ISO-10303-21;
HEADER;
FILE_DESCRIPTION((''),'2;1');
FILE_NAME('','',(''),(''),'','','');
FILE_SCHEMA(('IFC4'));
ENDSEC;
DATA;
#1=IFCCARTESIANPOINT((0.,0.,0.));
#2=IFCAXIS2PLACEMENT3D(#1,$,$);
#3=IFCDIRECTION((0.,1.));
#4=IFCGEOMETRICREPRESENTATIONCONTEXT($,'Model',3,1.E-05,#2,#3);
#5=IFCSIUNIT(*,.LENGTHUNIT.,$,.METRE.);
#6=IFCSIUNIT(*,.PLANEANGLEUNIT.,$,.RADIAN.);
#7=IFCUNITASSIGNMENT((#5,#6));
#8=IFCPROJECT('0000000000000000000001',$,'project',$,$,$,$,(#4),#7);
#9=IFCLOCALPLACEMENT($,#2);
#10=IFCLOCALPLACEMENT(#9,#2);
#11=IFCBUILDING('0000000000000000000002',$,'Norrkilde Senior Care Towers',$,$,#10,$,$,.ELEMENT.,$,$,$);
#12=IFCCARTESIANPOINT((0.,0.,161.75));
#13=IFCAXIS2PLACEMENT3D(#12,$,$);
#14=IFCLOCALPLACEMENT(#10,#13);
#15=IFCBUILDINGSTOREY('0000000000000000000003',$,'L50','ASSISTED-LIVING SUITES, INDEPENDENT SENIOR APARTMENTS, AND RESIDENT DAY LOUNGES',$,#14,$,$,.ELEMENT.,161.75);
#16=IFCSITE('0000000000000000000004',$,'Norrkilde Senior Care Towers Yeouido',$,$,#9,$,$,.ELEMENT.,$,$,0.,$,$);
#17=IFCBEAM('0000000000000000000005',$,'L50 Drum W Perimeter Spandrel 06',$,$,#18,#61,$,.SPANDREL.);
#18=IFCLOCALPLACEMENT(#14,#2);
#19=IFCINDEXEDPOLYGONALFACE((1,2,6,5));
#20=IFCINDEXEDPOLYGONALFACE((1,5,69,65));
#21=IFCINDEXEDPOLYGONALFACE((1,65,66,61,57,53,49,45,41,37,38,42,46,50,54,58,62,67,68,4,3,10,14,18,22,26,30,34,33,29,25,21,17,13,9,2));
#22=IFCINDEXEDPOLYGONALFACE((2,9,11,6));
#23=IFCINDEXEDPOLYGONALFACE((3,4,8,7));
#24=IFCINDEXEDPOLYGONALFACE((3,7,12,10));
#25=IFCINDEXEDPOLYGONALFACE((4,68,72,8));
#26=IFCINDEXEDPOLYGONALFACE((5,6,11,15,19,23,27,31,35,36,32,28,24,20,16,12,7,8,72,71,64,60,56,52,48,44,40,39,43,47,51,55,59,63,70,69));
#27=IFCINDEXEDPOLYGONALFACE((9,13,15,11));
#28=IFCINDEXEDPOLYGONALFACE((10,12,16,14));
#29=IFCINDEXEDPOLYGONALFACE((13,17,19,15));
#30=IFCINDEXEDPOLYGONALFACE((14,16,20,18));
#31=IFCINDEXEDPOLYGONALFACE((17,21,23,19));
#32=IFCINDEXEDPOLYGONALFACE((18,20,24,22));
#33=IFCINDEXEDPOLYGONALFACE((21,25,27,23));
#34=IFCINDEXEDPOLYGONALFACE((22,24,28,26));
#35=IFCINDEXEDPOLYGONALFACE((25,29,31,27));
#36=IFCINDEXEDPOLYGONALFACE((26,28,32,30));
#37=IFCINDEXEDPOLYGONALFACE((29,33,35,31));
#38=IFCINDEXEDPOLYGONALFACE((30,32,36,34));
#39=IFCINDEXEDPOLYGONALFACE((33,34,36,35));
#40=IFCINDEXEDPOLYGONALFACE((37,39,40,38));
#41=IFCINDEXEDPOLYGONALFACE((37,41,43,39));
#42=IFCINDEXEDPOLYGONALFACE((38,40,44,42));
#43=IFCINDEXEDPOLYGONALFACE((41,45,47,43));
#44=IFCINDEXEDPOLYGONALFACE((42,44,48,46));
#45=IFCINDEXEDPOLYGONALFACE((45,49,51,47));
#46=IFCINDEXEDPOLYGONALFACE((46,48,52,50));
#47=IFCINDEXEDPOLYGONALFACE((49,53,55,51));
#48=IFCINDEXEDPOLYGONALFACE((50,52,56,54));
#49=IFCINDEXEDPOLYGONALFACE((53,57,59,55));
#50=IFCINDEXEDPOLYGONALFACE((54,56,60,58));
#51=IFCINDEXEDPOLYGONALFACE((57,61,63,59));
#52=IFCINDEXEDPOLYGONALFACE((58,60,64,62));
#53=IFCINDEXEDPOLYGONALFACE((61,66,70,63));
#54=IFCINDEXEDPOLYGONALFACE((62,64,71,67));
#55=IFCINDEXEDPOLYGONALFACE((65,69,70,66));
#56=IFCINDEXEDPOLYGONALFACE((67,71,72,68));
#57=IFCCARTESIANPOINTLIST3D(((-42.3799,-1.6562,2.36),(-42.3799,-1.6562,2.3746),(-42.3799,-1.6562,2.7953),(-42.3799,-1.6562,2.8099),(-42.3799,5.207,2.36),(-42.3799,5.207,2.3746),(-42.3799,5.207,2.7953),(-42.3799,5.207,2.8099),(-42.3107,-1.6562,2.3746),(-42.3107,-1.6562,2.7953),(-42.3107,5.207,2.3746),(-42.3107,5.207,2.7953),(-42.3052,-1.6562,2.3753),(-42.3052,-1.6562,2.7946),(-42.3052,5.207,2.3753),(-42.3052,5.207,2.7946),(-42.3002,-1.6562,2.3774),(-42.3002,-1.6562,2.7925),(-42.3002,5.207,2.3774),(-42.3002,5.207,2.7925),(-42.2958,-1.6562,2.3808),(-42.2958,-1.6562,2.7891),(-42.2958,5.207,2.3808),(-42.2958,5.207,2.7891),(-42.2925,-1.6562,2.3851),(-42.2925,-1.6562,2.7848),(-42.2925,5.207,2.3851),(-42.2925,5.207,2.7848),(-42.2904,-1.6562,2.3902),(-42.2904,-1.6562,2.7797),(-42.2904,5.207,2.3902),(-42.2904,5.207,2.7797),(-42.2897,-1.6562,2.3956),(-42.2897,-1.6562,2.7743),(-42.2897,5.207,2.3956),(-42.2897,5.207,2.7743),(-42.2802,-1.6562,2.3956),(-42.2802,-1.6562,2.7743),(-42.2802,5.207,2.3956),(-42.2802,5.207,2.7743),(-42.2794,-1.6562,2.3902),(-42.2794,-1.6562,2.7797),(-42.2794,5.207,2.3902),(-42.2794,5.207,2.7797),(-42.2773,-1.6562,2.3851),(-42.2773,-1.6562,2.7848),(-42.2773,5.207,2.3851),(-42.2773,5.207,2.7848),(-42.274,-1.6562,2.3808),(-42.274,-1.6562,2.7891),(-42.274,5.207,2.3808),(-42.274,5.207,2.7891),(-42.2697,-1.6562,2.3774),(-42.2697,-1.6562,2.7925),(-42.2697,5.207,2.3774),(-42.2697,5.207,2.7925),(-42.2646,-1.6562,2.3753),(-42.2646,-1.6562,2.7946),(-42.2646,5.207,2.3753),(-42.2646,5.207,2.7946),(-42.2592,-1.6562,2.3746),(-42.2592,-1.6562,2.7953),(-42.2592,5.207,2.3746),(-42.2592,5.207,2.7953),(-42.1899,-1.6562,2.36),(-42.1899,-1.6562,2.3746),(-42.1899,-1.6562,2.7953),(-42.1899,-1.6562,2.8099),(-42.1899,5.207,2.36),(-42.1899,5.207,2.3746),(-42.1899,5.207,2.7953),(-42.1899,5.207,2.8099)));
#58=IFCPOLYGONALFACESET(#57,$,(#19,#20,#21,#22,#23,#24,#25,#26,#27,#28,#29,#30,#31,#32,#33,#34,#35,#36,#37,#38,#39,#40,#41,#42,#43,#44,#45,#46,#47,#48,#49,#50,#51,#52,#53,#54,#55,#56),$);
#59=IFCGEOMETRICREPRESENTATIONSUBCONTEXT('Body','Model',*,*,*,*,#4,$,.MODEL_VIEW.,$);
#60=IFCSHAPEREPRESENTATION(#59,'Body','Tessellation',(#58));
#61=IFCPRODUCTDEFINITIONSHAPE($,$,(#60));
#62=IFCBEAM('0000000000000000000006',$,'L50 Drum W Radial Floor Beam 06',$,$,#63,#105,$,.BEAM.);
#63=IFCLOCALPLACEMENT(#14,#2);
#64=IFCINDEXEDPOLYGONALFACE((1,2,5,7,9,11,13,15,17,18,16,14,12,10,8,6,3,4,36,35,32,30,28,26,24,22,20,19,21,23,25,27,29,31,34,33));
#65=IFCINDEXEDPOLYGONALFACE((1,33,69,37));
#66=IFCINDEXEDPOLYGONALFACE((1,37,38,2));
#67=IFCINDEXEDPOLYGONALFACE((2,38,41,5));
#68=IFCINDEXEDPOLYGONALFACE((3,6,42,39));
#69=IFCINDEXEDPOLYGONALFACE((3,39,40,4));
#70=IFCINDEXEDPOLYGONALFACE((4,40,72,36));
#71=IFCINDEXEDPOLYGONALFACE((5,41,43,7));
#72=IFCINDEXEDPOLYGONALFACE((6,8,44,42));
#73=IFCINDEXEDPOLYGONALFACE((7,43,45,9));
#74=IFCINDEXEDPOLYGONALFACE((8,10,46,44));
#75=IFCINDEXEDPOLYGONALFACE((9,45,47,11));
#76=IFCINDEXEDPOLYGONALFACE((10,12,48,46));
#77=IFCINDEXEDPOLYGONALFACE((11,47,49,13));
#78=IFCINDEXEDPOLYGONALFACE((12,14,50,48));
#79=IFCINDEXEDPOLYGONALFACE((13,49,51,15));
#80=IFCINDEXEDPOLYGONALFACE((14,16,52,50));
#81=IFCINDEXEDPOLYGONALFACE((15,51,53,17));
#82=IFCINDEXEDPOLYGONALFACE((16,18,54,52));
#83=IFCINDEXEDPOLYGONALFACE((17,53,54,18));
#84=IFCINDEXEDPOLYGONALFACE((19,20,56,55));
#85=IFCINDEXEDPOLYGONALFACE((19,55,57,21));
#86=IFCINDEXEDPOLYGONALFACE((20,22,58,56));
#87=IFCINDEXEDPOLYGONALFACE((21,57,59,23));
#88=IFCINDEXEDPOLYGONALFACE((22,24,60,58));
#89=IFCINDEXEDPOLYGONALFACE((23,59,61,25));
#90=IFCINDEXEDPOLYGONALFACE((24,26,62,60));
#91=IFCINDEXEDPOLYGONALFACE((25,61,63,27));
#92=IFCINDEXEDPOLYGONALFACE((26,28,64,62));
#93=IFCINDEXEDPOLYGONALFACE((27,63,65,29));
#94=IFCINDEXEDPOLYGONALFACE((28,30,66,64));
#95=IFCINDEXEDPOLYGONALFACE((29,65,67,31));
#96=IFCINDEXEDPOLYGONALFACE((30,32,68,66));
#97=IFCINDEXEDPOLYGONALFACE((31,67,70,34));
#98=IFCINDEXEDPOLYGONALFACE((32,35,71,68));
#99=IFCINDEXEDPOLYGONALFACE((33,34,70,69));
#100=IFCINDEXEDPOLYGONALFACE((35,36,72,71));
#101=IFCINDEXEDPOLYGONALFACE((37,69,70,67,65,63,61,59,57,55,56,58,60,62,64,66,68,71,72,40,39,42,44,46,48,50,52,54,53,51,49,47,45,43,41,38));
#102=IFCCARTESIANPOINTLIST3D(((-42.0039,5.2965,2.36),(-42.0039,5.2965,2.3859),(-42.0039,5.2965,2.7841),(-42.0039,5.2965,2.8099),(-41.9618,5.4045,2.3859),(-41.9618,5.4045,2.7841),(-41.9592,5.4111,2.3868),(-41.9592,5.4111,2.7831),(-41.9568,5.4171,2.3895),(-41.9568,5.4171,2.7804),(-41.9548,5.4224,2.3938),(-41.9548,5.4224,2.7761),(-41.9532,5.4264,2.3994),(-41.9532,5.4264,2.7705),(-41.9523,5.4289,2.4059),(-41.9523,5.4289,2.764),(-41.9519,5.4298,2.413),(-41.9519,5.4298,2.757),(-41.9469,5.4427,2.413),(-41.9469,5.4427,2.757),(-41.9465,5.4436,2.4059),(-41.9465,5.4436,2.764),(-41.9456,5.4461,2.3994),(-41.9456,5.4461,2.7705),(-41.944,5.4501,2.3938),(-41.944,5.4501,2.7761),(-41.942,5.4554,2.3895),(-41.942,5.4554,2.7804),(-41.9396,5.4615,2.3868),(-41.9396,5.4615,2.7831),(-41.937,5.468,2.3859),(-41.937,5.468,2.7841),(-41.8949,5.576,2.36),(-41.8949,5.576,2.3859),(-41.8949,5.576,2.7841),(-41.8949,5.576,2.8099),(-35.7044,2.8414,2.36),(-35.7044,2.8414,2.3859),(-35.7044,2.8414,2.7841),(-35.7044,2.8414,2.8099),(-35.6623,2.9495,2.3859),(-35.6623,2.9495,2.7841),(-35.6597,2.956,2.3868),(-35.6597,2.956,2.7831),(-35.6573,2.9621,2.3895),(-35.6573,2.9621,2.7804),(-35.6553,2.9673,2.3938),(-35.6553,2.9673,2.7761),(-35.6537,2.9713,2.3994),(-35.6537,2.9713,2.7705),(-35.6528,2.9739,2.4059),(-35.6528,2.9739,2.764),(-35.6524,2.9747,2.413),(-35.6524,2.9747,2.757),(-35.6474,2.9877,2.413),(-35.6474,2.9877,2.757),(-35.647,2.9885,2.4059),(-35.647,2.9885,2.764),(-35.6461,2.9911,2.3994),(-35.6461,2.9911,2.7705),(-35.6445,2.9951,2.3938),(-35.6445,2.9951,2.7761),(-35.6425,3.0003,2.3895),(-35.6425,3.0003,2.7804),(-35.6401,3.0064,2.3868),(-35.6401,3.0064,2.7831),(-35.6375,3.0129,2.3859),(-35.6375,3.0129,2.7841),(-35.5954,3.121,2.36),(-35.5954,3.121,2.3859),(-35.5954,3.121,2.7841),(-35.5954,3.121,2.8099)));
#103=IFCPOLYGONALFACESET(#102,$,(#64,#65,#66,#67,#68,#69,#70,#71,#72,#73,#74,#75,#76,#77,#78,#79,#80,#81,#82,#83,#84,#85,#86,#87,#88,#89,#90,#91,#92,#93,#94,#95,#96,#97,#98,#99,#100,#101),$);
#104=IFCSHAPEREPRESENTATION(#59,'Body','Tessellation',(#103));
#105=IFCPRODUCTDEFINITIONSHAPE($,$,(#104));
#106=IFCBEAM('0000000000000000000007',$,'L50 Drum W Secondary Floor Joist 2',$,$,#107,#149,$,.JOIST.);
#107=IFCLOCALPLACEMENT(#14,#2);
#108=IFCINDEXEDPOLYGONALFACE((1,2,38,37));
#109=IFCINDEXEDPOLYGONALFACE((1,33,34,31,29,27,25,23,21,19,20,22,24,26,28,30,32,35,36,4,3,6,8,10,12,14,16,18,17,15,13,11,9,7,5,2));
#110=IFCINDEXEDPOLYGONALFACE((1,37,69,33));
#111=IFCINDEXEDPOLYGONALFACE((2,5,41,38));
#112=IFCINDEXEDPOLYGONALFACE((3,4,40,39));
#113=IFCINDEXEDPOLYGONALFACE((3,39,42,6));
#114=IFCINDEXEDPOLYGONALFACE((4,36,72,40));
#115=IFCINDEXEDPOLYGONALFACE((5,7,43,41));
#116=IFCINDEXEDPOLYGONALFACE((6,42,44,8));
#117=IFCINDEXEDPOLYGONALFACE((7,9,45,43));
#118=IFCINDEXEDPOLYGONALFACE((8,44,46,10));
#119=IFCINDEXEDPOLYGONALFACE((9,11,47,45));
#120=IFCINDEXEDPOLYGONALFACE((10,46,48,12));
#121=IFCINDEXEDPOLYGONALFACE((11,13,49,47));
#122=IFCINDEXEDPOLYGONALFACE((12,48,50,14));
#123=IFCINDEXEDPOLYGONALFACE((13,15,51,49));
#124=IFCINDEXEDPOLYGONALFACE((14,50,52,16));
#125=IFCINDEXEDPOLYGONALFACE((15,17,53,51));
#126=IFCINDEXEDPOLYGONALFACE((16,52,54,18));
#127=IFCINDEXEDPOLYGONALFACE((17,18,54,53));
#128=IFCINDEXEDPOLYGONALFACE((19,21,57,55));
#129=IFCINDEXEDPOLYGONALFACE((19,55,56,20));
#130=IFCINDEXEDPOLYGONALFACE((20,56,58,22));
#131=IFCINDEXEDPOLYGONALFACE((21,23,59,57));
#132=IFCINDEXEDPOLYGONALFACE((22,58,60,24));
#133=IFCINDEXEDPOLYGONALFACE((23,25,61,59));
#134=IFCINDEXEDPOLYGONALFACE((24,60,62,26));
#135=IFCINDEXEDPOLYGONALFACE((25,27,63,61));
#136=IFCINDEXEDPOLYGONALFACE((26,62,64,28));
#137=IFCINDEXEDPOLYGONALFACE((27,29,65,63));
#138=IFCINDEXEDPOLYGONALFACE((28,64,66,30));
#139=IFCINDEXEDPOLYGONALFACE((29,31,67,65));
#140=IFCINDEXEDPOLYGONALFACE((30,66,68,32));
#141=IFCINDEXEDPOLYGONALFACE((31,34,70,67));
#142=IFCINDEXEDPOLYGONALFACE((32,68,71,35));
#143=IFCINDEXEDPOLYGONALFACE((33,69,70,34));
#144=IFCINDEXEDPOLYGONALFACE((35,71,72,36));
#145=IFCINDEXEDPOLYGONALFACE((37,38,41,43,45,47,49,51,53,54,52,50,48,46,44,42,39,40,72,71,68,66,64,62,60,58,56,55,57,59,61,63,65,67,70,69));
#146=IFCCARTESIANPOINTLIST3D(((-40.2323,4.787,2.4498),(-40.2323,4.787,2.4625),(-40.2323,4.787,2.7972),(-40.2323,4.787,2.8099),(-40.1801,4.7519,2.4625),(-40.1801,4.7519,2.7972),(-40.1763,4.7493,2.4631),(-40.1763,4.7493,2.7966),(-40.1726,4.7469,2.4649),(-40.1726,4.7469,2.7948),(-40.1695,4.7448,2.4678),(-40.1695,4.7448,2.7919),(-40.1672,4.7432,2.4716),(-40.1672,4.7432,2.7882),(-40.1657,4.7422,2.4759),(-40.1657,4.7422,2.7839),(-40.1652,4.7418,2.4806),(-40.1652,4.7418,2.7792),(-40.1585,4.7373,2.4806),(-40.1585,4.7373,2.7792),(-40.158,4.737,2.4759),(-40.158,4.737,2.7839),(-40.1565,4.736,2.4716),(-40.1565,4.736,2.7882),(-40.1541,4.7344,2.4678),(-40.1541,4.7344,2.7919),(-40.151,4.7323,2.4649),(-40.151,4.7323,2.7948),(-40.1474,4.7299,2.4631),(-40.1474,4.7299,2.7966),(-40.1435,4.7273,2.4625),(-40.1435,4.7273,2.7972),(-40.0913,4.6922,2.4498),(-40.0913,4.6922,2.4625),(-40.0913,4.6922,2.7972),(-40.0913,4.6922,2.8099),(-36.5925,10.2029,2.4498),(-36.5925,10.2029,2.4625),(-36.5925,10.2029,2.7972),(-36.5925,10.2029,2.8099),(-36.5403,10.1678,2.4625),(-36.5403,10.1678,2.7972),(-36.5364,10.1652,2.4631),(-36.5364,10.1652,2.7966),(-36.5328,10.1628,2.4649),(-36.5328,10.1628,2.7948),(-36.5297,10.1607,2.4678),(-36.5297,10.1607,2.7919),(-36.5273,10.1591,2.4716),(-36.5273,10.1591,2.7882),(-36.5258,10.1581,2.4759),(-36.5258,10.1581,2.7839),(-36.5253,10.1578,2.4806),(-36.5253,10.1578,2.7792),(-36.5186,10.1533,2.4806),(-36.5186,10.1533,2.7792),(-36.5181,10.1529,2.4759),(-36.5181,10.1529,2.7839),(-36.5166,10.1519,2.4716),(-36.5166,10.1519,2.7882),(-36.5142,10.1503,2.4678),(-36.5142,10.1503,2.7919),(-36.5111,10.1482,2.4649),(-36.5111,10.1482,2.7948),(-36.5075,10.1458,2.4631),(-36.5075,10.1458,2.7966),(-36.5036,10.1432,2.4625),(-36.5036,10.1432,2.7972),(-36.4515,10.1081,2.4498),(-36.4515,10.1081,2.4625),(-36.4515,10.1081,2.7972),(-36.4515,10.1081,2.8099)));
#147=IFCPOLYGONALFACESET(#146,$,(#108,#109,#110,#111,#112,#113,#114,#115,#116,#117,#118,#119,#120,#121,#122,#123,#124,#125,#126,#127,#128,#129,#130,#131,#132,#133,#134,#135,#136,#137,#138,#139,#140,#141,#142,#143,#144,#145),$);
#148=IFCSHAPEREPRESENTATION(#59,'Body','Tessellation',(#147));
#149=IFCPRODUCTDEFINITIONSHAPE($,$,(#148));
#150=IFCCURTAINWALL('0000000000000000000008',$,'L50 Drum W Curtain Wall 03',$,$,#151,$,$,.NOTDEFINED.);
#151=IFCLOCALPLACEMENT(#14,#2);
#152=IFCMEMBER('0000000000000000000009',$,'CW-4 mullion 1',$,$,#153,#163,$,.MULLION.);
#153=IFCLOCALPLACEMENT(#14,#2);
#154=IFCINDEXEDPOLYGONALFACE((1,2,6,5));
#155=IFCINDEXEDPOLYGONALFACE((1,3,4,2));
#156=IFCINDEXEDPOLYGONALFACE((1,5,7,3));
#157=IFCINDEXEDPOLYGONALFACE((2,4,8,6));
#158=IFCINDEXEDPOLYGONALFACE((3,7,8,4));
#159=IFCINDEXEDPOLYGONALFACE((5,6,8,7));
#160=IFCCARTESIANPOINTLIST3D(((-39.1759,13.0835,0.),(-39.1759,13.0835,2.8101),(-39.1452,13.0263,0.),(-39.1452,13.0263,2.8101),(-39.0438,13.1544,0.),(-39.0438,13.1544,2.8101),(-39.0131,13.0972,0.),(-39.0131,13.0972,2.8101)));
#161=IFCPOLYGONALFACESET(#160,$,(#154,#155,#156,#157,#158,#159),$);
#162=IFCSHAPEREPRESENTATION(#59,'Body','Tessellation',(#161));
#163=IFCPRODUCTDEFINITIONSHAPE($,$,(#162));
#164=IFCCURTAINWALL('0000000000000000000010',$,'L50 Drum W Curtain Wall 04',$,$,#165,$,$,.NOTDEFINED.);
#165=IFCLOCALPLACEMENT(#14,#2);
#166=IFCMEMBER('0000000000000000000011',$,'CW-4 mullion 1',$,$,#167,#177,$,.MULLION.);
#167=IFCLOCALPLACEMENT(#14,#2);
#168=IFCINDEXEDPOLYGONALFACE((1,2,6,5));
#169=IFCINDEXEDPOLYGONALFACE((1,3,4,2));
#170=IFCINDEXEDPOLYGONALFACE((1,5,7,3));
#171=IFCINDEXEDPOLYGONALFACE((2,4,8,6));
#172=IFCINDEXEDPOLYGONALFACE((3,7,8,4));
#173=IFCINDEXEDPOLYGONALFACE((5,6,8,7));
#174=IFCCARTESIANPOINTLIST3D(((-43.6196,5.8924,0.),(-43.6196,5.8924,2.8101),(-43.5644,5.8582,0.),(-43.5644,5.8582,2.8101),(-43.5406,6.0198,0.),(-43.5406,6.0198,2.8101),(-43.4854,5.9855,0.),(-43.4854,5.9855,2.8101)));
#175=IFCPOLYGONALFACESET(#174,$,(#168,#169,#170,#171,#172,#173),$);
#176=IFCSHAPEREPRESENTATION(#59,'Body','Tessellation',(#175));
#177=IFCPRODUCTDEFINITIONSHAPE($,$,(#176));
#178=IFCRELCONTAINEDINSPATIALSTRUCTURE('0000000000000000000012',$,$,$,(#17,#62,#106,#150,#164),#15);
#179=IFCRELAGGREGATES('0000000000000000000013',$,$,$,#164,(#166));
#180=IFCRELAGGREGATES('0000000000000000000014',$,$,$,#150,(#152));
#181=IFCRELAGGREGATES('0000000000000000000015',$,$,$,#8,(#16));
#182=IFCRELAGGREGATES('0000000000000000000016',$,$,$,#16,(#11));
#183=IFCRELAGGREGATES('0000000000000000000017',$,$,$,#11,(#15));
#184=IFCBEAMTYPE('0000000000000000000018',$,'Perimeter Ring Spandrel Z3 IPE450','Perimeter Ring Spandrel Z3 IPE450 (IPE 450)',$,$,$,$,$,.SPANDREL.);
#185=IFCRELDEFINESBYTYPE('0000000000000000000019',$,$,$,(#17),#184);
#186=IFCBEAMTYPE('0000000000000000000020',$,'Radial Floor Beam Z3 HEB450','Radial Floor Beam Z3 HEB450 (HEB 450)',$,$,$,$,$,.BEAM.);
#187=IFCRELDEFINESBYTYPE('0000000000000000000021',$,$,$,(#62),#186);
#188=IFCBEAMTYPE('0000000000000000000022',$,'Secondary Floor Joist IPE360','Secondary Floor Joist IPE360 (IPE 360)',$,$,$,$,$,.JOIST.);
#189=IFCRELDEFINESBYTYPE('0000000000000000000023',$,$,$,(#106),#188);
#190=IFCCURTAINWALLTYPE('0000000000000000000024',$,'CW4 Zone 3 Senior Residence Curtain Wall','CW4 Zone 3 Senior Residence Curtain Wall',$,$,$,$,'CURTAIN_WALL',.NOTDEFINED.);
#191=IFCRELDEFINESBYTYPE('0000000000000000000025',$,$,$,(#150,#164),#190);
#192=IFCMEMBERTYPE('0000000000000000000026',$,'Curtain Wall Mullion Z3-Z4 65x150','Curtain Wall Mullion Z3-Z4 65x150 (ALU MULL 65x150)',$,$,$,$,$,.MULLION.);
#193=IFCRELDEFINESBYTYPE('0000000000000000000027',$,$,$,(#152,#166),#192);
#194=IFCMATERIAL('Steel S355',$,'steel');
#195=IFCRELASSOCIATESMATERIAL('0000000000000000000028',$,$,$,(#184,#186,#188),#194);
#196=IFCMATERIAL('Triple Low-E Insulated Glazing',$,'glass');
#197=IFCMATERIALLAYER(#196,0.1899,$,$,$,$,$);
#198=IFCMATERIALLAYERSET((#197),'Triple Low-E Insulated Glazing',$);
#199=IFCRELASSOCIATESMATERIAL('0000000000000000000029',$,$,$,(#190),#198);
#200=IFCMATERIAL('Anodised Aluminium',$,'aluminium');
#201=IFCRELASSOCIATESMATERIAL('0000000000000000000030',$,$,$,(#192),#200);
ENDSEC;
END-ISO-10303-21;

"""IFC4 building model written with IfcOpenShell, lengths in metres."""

from ifc_helpers import new_model, si_unit, direction, frame, origin, origin_2d, place, context, subcontext, project, spatial, rectangle, i_section, extrude, source, transform, mapped, material, layer, layer_set, material_profile, profile_set, type_object, type_shapes, element, aggregate, save


model = new_model("IFC4")

# Units and contexts
model_context = context("Model", 3, precision=1e-05, world=origin(), true_north=direction((0.0, 1.0)))
body_context = subcontext(model_context, "Body", "Model", "MODEL_VIEW")
ifc_project = project(units=[si_unit("LENGTHUNIT", "METRE"), si_unit("PLANEANGLEUNIT", "RADIAN")], contexts=[model_context])

# Site, building, storey
site_placement = place(None, origin())
site = spatial("IfcSite", under=ifc_project, at=site_placement, Name="Norrkilde Senior Care Towers Yeouido", CompositionType="ELEMENT", RefElevation=0.0)
building_placement = place(site_placement, origin())
building = spatial("IfcBuilding", under=site, at=building_placement, Name="Norrkilde Senior Care Towers", CompositionType="ELEMENT")
storey_placement = place(building_placement, frame((0.0, 0.0, 161.75)))
storey = spatial("IfcBuildingStorey", under=building, at=storey_placement, Name="L50", Description="ASSISTED-LIVING SUITES, INDEPENDENT SENIOR APARTMENTS, AND RESIDENT DAY LOUNGES", CompositionType="ELEMENT", Elevation=161.75)

# Beams
ifc_material_1 = material(Name="Steel S355", Category="steel")
ifc_material_profile_1 = material_profile(ifc_material_1, i_section(OverallWidth=0.1899, OverallDepth=0.45, WebThickness=0.0095, FlangeThickness=0.0146, FilletRadius=0.021, at=origin_2d()), Name="IPE 450")
ifc_profile_set_1 = profile_set([ifc_material_profile_1], Name="Steel S355")
beam_type_1 = type_object("IfcBeamType", Name="Perimeter Ring Spandrel Z3 IPE450", Description="Perimeter Ring Spandrel Z3 IPE450 (IPE 450)", PredefinedType="SPANDREL", material=ifc_profile_set_1)
shared_shape_1 = source(origin(), body_context, "Body", "SweptSolid", [
    extrude(i_section(OverallWidth=0.1899, OverallDepth=0.45, WebThickness=0.0095, FlangeThickness=0.0146, FilletRadius=0.021, at=origin_2d()), origin(), (0.0, 0.0, 1.0), 6.8633),
])
beam_1_placement = place(storey_placement, frame((-42.2849, 5.207, 2.585), z_axis=(0.0, -1.0, 0.0), x_axis=(1.0, 0.0, 0.0)))
element("IfcBeam", 1, at=beam_1_placement, inside=storey, type_object=beam_type_1, Name="L50 Drum W Perimeter Spandrel 06", PredefinedType="SPANDREL", context=body_context, shape_type="MappedRepresentation", body=[
    mapped(shared_shape_1, transform((0.0, 0.0, 0.0), x_axis=(1.0, 0.0, 0.0), y_axis=(0.0, 1.0, 0.0), z_axis=(0.0, 0.0, 1.0), scale=1.0)),
])
ifc_material_profile_2 = material_profile(ifc_material_1, i_section(OverallWidth=0.3, OverallDepth=0.45, WebThickness=0.0139, FlangeThickness=0.0259, FilletRadius=0.0271, at=origin_2d()), Name="HEB 450")
ifc_profile_set_2 = profile_set([ifc_material_profile_2], Name="Steel S355")
beam_type_2 = type_object("IfcBeamType", Name="Radial Floor Beam Z3 HEB450", Description="Radial Floor Beam Z3 HEB450 (HEB 450)", PredefinedType="BEAM", material=ifc_profile_set_2)
shared_shape_2 = source(origin(), body_context, "Body", "SweptSolid", [
    extrude(i_section(OverallWidth=0.3, OverallDepth=0.45, WebThickness=0.0139, FlangeThickness=0.0259, FilletRadius=0.0271, at=origin_2d()), origin(), (0.0, 0.0, 1.0), 6.761),
])
type_shapes(beam_type_2, [shared_shape_2])
beam_2_placement = place(storey_placement, frame((-35.6499, 2.9812, 2.585), z_axis=(-0.931742, 0.363121, 0.0), x_axis=(-0.363121, -0.931742, 0.0)))
element("IfcBeam", 2, at=beam_2_placement, inside=storey, type_object=beam_type_2, Name="L50 Drum W Radial Floor Beam 06", PredefinedType="BEAM", context=body_context, shape_type="MappedRepresentation", body=[
    mapped(shared_shape_2, transform((0.0, 0.0, 0.0), x_axis=(1.0, 0.0, 0.0), y_axis=(0.0, 1.0, 0.0), z_axis=(0.0, 0.0, 1.0), scale=1.0)),
])
ifc_material_profile_3 = material_profile(ifc_material_1, i_section(OverallWidth=0.1699, OverallDepth=0.3601, WebThickness=0.0081, FlangeThickness=0.0127, FilletRadius=0.0181, at=origin_2d()), Name="IPE 360")
ifc_profile_set_3 = profile_set([ifc_material_profile_3], Name="Steel S355")
beam_type_3 = type_object("IfcBeamType", Name="Secondary Floor Joist IPE360", Description="Secondary Floor Joist IPE360 (IPE 360)", PredefinedType="JOIST", material=ifc_profile_set_3)
shared_shape_3 = source(origin(), body_context, "Body", "SweptSolid", [
    extrude(i_section(OverallWidth=0.1699, OverallDepth=0.3601, WebThickness=0.0081, FlangeThickness=0.0127, FilletRadius=0.0181, at=origin_2d()), origin(), (0.0, 0.0, 1.0), 6.5254),
])
type_shapes(beam_type_3, [shared_shape_3])
beam_3_placement = place(storey_placement, frame((-36.522, 10.1555, 2.6299), z_axis=(-0.557796, -0.829978, 0.0), x_axis=(0.829978, -0.557796, 0.0)))
element("IfcBeam", 3, at=beam_3_placement, inside=storey, type_object=beam_type_3, Name="L50 Drum W Secondary Floor Joist 2", PredefinedType="JOIST", context=body_context, shape_type="MappedRepresentation", body=[
    mapped(shared_shape_3, transform((0.0, 0.0, 0.0), x_axis=(1.0, 0.0, 0.0), y_axis=(0.0, 1.0, 0.0), z_axis=(0.0, 0.0, 1.0), scale=1.0)),
])

# Curtain wall, member
ifc_material_2 = material(Name="Triple Low-E Insulated Glazing", Category="glass")
ifc_layer_1 = layer(ifc_material_2, 0.1899)
ifc_layer_set_1 = layer_set([ifc_layer_1], Name="Triple Low-E Insulated Glazing")
curtain_wall_type = type_object("IfcCurtainWallType", Name="CW4 Zone 3 Senior Residence Curtain Wall", Description="CW4 Zone 3 Senior Residence Curtain Wall", ElementType="CURTAIN_WALL", PredefinedType="NOTDEFINED", material=ifc_layer_set_1)
curtain_wall_1_placement = place(storey_placement, origin())
curtain_wall_1 = element("IfcCurtainWall", 4, at=curtain_wall_1_placement, inside=storey, type_object=curtain_wall_type, Name="L50 Drum W Curtain Wall 03", PredefinedType="NOTDEFINED")
ifc_material_3 = material(Name="Anodised Aluminium", Category="aluminium")
ifc_material_profile_4 = material_profile(ifc_material_3, rectangle(XDim=0.0649, YDim=0.1499, at=origin_2d()), Name="ALU MULL 65x150")
ifc_profile_set_4 = profile_set([ifc_material_profile_4], Name="Anodised Aluminium")
member_type_1 = type_object("IfcMemberType", Name="Curtain Wall Mullion Z3-Z4 65x150", Description="Curtain Wall Mullion Z3-Z4 65x150 (ALU MULL 65x150)", PredefinedType="MULLION", material=ifc_profile_set_4)
shared_shape_4 = source(origin(), body_context, "Body", "SweptSolid", [
    extrude(rectangle(XDim=0.0649, YDim=0.1499, at=origin_2d()), origin(), (0.0, 0.0, 1.0), 2.8101),
])
type_shapes(member_type_1, [shared_shape_4])
member_1_placement = place(storey_placement, frame((-39.0945, 13.0903, 0.0), z_axis=(0.0, 0.0, 1.0), x_axis=(-0.473117, 0.881, 0.0)))
member_1 = element("IfcMember", 5, at=member_1_placement, type_object=member_type_1, Name="CW-4 mullion 1", PredefinedType="MULLION", context=body_context, shape_type="MappedRepresentation", body=[
    mapped(shared_shape_4, transform((0.0, 0.0, 0.0), x_axis=(1.0, 0.0, 0.0), y_axis=(0.0, 1.0, 0.0), z_axis=(0.0, 0.0, 1.0), scale=1.0)),
])

# Curtain wall, member
curtain_wall_2_placement = place(storey_placement, origin())
curtain_wall_2 = element("IfcCurtainWall", 6, at=curtain_wall_2_placement, inside=storey, type_object=curtain_wall_type, Name="L50 Drum W Curtain Wall 04", PredefinedType="NOTDEFINED")
member_2_placement = place(storey_placement, frame((-43.5525, 5.939, 0.0), z_axis=(0.0, 0.0, 1.0), x_axis=(-0.849634, 0.527373, 0.0)))
member_2 = element("IfcMember", 7, at=member_2_placement, type_object=member_type_1, Name="CW-4 mullion 1", PredefinedType="MULLION", context=body_context, shape_type="MappedRepresentation", body=[
    mapped(shared_shape_4, transform((0.0, 0.0, 0.0), x_axis=(1.0, 0.0, 0.0), y_axis=(0.0, 1.0, 0.0), z_axis=(0.0, 0.0, 1.0), scale=1.0)),
])

aggregate(curtain_wall_2, [member_2])
aggregate(curtain_wall_1, [member_1])

save(model, "model.ifc")
